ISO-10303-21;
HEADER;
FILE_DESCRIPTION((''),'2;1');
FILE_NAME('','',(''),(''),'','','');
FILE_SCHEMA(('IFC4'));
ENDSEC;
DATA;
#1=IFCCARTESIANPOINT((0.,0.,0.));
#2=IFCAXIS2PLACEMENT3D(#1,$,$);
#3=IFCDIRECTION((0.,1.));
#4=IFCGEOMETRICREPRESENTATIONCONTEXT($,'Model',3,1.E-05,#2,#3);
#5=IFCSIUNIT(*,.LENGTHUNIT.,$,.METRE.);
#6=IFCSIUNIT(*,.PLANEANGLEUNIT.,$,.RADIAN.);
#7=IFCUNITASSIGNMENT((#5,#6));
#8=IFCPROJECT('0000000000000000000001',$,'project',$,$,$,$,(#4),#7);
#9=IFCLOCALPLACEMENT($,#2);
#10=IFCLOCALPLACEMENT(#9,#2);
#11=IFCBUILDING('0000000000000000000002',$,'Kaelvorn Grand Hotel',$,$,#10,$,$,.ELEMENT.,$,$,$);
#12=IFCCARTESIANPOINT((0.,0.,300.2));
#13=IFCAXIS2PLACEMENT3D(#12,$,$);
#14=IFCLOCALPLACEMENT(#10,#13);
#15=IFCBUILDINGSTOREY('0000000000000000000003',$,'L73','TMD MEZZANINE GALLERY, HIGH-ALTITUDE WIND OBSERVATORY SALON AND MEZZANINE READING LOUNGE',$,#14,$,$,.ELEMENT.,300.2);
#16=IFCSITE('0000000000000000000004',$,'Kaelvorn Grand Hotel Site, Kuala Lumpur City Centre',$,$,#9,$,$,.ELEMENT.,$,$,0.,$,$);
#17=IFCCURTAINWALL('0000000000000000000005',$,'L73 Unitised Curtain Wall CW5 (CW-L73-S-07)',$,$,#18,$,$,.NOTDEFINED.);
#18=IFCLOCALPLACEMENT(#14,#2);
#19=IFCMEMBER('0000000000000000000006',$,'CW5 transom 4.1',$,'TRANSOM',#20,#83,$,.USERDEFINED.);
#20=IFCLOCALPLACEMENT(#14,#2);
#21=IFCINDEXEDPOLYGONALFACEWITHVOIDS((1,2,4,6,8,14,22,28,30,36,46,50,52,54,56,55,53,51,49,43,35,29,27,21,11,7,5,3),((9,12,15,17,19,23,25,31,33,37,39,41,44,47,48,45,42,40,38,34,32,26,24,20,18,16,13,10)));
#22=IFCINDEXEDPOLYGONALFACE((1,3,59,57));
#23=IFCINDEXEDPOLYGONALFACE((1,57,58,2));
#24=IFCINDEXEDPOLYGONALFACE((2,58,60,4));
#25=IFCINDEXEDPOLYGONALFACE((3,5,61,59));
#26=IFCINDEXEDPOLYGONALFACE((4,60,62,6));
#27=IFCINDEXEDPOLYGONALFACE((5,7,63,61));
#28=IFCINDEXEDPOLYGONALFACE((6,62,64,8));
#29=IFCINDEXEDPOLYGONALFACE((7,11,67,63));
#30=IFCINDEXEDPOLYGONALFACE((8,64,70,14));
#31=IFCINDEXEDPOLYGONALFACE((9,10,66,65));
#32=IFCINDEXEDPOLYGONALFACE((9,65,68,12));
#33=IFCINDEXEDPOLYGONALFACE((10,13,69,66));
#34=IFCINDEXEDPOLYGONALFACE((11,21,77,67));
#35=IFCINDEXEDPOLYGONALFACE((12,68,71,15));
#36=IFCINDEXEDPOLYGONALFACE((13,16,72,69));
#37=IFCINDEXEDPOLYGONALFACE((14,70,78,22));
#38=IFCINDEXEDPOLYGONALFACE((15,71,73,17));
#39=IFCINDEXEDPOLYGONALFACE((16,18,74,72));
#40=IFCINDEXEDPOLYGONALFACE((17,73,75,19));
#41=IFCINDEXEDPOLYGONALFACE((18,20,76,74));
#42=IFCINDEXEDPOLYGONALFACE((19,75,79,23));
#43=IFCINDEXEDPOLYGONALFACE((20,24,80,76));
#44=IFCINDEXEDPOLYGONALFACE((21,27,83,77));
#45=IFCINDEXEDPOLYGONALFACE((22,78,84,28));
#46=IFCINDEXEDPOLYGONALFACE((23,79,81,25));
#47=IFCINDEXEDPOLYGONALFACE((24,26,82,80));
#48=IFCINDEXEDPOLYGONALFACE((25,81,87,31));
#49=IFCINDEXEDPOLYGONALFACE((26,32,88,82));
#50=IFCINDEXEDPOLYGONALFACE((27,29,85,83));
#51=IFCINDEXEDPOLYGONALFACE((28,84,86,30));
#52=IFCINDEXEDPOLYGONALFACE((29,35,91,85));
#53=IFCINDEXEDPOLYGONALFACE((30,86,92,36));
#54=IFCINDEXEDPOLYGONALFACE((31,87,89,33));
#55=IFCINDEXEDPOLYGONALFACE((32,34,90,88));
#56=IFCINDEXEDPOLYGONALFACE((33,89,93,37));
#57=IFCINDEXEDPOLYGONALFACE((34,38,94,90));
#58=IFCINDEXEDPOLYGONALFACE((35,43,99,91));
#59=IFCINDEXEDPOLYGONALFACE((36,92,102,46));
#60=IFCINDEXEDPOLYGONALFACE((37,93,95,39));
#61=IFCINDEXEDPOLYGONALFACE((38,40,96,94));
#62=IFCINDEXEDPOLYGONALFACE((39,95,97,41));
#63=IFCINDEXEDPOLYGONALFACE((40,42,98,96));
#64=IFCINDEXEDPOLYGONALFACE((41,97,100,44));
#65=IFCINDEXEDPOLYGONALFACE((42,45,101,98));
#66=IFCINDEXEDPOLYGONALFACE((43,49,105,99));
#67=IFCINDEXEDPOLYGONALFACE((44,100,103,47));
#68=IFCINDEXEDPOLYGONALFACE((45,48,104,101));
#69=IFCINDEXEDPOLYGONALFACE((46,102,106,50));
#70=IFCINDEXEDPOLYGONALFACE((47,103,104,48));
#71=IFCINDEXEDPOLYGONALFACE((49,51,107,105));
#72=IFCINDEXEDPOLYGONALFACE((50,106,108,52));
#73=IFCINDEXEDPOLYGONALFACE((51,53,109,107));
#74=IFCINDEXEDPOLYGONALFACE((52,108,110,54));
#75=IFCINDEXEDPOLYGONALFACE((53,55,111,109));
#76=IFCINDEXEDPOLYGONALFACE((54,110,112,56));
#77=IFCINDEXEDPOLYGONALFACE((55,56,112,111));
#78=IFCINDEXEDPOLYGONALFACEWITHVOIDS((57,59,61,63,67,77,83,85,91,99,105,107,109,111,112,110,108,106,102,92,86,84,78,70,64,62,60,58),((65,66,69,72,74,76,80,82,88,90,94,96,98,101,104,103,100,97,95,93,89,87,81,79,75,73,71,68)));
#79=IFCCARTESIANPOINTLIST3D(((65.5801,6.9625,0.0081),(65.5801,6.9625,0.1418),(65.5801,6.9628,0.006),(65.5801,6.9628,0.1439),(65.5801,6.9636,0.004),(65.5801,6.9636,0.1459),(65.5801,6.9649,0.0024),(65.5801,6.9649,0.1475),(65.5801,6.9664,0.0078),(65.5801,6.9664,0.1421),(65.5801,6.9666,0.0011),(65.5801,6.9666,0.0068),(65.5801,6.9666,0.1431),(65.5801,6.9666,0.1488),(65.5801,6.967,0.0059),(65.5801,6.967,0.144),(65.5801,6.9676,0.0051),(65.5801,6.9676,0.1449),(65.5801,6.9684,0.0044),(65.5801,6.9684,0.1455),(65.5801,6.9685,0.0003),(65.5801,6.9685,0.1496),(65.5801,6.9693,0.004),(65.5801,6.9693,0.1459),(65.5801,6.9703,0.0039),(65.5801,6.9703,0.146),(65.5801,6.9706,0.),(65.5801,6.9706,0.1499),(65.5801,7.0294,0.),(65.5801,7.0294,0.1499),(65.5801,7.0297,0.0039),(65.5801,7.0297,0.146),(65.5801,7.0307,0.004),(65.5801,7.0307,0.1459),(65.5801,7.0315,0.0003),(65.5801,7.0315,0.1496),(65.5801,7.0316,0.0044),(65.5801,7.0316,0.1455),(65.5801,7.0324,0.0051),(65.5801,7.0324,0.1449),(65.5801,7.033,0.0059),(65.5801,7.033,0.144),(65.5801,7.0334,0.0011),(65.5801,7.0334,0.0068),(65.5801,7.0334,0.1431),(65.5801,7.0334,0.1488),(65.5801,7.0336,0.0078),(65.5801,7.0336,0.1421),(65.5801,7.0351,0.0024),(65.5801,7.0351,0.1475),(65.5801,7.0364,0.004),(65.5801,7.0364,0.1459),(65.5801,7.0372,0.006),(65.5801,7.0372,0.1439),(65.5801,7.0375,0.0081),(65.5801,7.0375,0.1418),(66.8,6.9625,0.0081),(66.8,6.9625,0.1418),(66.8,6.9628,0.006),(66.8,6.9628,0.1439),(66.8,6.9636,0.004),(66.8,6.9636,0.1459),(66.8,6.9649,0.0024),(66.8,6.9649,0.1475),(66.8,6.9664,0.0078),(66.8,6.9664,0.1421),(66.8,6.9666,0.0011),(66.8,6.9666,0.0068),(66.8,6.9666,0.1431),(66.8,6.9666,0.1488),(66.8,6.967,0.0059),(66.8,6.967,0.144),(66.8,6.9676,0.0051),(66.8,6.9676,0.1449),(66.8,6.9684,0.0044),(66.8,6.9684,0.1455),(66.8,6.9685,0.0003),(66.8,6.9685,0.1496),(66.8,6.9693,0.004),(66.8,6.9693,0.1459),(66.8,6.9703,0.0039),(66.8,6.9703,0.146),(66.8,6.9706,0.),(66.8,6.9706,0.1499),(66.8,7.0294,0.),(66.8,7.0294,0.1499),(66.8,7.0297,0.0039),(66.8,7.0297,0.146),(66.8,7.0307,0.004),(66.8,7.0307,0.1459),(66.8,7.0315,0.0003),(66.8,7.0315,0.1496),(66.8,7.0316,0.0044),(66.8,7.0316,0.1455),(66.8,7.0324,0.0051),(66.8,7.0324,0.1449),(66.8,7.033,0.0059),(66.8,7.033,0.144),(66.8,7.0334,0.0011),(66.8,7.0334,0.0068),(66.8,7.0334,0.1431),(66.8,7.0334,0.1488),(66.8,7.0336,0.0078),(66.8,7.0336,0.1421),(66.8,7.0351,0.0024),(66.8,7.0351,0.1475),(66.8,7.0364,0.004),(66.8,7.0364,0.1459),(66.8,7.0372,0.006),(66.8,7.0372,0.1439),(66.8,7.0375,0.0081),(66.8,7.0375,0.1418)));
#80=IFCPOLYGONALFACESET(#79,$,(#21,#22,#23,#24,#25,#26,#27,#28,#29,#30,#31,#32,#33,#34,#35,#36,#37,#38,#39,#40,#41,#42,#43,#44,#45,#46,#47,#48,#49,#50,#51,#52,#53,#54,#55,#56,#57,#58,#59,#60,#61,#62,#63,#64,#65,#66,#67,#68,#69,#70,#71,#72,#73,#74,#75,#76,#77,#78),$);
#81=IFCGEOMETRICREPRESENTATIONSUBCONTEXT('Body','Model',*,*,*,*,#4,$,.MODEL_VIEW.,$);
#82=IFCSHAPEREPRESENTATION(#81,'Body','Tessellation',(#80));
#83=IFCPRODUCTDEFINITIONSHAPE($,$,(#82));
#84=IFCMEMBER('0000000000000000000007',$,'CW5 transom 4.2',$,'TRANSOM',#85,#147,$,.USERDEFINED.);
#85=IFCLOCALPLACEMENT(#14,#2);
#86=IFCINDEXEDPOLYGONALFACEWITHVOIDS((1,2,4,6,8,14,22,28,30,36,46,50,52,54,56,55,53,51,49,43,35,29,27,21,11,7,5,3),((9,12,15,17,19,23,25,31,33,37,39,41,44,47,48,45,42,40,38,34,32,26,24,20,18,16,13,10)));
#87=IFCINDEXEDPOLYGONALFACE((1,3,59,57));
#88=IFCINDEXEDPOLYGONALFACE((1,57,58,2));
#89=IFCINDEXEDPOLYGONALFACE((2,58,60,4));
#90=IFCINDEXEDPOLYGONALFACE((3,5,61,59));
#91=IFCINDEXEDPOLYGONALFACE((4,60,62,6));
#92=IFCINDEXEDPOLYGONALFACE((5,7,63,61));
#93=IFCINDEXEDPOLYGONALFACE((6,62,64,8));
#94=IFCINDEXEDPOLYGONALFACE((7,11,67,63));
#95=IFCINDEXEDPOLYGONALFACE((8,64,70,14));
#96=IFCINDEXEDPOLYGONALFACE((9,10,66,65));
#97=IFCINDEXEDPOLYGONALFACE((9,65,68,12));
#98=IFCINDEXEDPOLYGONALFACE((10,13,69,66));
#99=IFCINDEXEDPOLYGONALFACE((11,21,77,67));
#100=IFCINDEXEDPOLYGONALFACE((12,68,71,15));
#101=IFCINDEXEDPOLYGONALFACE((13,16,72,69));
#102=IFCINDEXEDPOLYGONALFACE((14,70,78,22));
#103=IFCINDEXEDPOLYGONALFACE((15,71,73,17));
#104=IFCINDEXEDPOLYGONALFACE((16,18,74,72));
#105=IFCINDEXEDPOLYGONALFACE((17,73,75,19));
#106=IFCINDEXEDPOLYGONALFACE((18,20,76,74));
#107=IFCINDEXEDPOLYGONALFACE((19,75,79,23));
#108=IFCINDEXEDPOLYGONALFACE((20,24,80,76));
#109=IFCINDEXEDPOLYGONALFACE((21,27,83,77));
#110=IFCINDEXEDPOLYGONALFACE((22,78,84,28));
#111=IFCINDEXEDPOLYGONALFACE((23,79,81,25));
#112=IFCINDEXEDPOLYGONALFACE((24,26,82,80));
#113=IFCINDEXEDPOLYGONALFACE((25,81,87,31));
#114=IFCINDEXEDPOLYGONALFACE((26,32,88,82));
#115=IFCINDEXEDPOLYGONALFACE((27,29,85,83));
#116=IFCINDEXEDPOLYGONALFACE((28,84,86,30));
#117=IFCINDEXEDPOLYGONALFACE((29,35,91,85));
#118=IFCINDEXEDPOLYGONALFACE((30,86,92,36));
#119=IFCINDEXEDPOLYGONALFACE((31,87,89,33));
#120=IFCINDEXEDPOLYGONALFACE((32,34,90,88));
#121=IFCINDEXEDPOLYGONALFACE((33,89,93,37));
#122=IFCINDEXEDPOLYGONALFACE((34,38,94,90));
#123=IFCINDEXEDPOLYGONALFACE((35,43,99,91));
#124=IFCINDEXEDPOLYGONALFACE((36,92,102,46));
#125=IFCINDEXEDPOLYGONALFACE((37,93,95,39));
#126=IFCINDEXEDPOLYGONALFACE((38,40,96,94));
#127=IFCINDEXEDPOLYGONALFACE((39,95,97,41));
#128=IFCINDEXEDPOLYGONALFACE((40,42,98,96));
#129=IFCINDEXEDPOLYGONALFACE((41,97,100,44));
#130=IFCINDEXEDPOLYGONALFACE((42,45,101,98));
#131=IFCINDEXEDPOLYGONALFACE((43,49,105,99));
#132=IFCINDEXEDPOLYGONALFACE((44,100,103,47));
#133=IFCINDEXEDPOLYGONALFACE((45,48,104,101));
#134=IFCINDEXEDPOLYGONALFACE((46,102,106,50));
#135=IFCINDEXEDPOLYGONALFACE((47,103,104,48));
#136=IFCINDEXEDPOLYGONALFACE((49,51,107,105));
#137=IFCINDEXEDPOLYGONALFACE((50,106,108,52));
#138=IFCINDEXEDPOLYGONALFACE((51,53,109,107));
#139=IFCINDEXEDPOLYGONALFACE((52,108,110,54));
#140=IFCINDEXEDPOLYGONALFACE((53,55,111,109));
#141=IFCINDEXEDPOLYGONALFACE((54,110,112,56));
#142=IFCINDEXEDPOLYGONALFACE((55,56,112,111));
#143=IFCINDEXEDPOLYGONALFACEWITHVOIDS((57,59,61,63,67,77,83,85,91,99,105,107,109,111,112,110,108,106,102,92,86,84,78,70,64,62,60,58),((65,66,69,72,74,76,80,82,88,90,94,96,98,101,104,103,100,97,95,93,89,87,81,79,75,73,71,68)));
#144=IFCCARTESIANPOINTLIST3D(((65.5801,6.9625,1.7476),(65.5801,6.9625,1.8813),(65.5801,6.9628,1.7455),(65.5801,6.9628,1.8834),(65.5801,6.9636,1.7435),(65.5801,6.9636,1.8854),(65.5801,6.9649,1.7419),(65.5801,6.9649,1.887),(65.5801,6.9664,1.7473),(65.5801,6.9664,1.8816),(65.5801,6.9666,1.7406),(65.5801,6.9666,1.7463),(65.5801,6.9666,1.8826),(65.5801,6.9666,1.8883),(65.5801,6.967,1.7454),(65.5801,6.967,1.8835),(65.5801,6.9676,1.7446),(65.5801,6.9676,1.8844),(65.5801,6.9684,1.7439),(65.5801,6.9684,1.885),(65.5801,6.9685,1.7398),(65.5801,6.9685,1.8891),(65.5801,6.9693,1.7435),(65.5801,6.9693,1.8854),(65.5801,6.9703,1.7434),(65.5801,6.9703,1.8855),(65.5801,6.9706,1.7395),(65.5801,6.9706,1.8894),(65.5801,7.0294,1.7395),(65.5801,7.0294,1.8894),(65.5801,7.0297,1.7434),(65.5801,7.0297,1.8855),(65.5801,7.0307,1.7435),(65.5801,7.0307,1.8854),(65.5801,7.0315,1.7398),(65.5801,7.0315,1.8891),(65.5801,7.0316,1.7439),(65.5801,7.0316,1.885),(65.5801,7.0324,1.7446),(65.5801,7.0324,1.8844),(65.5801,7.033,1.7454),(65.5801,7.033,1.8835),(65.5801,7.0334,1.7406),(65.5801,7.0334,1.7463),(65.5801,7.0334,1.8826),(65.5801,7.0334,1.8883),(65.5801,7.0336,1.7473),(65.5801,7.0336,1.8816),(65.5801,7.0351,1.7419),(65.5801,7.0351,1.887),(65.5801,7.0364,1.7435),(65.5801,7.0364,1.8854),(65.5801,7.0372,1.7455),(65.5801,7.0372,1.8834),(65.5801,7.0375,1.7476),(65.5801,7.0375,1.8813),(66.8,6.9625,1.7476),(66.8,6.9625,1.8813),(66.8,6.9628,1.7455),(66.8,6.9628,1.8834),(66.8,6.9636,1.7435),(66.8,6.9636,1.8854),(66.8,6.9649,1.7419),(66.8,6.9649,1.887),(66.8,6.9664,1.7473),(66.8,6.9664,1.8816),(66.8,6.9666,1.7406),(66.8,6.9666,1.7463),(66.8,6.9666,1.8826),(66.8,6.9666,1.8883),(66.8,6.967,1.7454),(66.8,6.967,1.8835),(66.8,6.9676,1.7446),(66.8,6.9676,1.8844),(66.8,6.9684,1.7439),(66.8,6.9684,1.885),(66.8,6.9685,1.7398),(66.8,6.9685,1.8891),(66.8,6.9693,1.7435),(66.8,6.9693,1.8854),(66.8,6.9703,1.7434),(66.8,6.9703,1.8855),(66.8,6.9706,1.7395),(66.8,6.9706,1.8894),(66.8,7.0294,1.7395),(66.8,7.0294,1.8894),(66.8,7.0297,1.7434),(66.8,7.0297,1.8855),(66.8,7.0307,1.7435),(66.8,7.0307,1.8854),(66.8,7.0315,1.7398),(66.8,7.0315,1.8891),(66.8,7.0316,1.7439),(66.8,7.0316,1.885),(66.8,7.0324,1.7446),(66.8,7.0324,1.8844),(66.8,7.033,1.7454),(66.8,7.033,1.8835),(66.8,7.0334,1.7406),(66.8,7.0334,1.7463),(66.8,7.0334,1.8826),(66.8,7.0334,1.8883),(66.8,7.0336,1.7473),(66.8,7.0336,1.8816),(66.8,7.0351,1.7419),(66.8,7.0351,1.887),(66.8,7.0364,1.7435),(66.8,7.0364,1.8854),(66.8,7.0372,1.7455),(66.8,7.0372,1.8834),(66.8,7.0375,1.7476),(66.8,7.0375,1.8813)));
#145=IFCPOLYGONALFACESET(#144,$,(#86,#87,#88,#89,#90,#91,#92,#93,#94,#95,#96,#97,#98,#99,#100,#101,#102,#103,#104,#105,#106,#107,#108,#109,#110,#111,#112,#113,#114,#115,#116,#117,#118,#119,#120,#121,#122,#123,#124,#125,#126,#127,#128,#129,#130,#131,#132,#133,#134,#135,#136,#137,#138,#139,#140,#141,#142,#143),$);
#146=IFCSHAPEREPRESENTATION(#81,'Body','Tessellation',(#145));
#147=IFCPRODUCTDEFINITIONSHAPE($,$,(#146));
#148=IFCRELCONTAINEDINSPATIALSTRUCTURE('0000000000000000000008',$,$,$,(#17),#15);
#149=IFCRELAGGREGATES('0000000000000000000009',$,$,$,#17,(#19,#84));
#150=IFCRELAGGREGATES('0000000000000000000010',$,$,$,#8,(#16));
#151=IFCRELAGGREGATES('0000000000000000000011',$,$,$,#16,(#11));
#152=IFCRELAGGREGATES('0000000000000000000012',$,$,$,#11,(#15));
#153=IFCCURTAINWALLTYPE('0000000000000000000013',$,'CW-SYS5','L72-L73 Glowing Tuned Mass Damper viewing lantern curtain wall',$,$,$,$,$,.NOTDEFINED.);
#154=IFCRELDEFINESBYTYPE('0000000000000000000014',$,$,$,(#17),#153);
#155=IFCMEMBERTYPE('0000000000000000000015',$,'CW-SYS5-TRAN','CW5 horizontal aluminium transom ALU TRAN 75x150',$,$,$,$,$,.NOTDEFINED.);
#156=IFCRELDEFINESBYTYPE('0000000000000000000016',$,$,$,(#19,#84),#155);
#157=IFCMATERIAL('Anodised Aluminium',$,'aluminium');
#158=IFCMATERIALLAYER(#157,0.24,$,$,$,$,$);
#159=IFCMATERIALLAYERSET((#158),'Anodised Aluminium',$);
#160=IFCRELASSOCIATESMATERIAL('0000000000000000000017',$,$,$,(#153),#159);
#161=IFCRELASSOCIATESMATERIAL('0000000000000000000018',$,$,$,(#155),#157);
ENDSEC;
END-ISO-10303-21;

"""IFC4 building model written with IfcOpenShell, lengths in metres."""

from ifc_helpers import new_model, si_unit, direction, frame, origin, origin_2d, place, context, subcontext, project, spatial, hollow_rectangle, extrude, material, layer, layer_set, material_profile, profile_set, type_object, element, aggregate, save


model = new_model("IFC4")

# Units and contexts
model_context = context("Model", 3, precision=1e-05, world=origin(), true_north=direction((0.0, 1.0)))
body_context = subcontext(model_context, "Body", "Model", "MODEL_VIEW")
ifc_project = project(units=[si_unit("LENGTHUNIT", "METRE"), si_unit("PLANEANGLEUNIT", "RADIAN")], contexts=[model_context])

# Site, building, storey
site_placement = place(None, origin())
site = spatial("IfcSite", under=ifc_project, at=site_placement, Name="Kaelvorn Grand Hotel Site, Kuala Lumpur City Centre", CompositionType="ELEMENT", RefElevation=0.0)
building_placement = place(site_placement, origin())
building = spatial("IfcBuilding", under=site, at=building_placement, Name="Kaelvorn Grand Hotel", CompositionType="ELEMENT")
storey_placement = place(building_placement, frame((0.0, 0.0, 300.2)))
storey = spatial("IfcBuildingStorey", under=building, at=storey_placement, Name="L73", Description="TMD MEZZANINE GALLERY, HIGH-ALTITUDE WIND OBSERVATORY SALON AND MEZZANINE READING LOUNGE", CompositionType="ELEMENT", Elevation=300.2)

# Curtain wall, members
ifc_material_1 = material(Name="Anodised Aluminium", Category="aluminium")
ifc_layer_1 = layer(ifc_material_1, 0.24)
ifc_layer_set_1 = layer_set([ifc_layer_1], Name="Anodised Aluminium")
curtain_wall_type = type_object("IfcCurtainWallType", Name="CW-SYS5", Description="L72-L73 Glowing Tuned Mass Damper viewing lantern curtain wall", PredefinedType="NOTDEFINED", material=ifc_layer_set_1)
curtain_wall_placement = place(storey_placement, origin())
curtain_wall = element("IfcCurtainWall", 1, at=curtain_wall_placement, inside=storey, type_object=curtain_wall_type, Name="L73 Unitised Curtain Wall CW5 (CW-L73-S-07)", PredefinedType="NOTDEFINED")
ifc_material_profile_1 = material_profile(ifc_material_1, hollow_rectangle(XDim=0.075, YDim=0.1499, WallThickness=0.0039, InnerFilletRadius=0.0039, OuterFilletRadius=0.0081, at=origin_2d()), Name="ALU TRAN 75x150")
ifc_profile_set_1 = profile_set([ifc_material_profile_1], Name="Anodised Aluminium")
member_type_1 = type_object("IfcMemberType", Name="CW-SYS5-TRAN", Description="CW5 horizontal aluminium transom ALU TRAN 75x150", PredefinedType="NOTDEFINED", material=ifc_profile_set_1)
member_1_placement = place(storey_placement, frame((65.5801, 7.0, 0.075), z_axis=(1.0, 0.0, 0.0), x_axis=(0.0, 1.0, 0.0)))
member_1 = element("IfcMember", 2, at=member_1_placement, type_object=member_type_1, Name="CW5 transom 4.1", ObjectType="TRANSOM", PredefinedType="USERDEFINED", context=body_context, shape_type="SweptSolid", body=[
    extrude(hollow_rectangle(XDim=0.075, YDim=0.1499, WallThickness=0.0039, InnerFilletRadius=0.0039, OuterFilletRadius=0.0081, at=origin_2d()), origin(), (0.0, 0.0, 1.0), 1.22),
])
member_2_placement = place(storey_placement, frame((65.5801, 7.0, 1.8145), z_axis=(1.0, 0.0, 0.0), x_axis=(0.0, 1.0, 0.0)))
member_2 = element("IfcMember", 3, at=member_2_placement, type_object=member_type_1, Name="CW5 transom 4.2", ObjectType="TRANSOM", PredefinedType="USERDEFINED", context=body_context, shape_type="SweptSolid", body=[
    extrude(hollow_rectangle(XDim=0.075, YDim=0.1499, WallThickness=0.0039, InnerFilletRadius=0.0039, OuterFilletRadius=0.0081, at=origin_2d()), origin(), (0.0, 0.0, 1.0), 1.22),
])
aggregate(curtain_wall, [member_1, member_2])

save(model, "model.ifc")
